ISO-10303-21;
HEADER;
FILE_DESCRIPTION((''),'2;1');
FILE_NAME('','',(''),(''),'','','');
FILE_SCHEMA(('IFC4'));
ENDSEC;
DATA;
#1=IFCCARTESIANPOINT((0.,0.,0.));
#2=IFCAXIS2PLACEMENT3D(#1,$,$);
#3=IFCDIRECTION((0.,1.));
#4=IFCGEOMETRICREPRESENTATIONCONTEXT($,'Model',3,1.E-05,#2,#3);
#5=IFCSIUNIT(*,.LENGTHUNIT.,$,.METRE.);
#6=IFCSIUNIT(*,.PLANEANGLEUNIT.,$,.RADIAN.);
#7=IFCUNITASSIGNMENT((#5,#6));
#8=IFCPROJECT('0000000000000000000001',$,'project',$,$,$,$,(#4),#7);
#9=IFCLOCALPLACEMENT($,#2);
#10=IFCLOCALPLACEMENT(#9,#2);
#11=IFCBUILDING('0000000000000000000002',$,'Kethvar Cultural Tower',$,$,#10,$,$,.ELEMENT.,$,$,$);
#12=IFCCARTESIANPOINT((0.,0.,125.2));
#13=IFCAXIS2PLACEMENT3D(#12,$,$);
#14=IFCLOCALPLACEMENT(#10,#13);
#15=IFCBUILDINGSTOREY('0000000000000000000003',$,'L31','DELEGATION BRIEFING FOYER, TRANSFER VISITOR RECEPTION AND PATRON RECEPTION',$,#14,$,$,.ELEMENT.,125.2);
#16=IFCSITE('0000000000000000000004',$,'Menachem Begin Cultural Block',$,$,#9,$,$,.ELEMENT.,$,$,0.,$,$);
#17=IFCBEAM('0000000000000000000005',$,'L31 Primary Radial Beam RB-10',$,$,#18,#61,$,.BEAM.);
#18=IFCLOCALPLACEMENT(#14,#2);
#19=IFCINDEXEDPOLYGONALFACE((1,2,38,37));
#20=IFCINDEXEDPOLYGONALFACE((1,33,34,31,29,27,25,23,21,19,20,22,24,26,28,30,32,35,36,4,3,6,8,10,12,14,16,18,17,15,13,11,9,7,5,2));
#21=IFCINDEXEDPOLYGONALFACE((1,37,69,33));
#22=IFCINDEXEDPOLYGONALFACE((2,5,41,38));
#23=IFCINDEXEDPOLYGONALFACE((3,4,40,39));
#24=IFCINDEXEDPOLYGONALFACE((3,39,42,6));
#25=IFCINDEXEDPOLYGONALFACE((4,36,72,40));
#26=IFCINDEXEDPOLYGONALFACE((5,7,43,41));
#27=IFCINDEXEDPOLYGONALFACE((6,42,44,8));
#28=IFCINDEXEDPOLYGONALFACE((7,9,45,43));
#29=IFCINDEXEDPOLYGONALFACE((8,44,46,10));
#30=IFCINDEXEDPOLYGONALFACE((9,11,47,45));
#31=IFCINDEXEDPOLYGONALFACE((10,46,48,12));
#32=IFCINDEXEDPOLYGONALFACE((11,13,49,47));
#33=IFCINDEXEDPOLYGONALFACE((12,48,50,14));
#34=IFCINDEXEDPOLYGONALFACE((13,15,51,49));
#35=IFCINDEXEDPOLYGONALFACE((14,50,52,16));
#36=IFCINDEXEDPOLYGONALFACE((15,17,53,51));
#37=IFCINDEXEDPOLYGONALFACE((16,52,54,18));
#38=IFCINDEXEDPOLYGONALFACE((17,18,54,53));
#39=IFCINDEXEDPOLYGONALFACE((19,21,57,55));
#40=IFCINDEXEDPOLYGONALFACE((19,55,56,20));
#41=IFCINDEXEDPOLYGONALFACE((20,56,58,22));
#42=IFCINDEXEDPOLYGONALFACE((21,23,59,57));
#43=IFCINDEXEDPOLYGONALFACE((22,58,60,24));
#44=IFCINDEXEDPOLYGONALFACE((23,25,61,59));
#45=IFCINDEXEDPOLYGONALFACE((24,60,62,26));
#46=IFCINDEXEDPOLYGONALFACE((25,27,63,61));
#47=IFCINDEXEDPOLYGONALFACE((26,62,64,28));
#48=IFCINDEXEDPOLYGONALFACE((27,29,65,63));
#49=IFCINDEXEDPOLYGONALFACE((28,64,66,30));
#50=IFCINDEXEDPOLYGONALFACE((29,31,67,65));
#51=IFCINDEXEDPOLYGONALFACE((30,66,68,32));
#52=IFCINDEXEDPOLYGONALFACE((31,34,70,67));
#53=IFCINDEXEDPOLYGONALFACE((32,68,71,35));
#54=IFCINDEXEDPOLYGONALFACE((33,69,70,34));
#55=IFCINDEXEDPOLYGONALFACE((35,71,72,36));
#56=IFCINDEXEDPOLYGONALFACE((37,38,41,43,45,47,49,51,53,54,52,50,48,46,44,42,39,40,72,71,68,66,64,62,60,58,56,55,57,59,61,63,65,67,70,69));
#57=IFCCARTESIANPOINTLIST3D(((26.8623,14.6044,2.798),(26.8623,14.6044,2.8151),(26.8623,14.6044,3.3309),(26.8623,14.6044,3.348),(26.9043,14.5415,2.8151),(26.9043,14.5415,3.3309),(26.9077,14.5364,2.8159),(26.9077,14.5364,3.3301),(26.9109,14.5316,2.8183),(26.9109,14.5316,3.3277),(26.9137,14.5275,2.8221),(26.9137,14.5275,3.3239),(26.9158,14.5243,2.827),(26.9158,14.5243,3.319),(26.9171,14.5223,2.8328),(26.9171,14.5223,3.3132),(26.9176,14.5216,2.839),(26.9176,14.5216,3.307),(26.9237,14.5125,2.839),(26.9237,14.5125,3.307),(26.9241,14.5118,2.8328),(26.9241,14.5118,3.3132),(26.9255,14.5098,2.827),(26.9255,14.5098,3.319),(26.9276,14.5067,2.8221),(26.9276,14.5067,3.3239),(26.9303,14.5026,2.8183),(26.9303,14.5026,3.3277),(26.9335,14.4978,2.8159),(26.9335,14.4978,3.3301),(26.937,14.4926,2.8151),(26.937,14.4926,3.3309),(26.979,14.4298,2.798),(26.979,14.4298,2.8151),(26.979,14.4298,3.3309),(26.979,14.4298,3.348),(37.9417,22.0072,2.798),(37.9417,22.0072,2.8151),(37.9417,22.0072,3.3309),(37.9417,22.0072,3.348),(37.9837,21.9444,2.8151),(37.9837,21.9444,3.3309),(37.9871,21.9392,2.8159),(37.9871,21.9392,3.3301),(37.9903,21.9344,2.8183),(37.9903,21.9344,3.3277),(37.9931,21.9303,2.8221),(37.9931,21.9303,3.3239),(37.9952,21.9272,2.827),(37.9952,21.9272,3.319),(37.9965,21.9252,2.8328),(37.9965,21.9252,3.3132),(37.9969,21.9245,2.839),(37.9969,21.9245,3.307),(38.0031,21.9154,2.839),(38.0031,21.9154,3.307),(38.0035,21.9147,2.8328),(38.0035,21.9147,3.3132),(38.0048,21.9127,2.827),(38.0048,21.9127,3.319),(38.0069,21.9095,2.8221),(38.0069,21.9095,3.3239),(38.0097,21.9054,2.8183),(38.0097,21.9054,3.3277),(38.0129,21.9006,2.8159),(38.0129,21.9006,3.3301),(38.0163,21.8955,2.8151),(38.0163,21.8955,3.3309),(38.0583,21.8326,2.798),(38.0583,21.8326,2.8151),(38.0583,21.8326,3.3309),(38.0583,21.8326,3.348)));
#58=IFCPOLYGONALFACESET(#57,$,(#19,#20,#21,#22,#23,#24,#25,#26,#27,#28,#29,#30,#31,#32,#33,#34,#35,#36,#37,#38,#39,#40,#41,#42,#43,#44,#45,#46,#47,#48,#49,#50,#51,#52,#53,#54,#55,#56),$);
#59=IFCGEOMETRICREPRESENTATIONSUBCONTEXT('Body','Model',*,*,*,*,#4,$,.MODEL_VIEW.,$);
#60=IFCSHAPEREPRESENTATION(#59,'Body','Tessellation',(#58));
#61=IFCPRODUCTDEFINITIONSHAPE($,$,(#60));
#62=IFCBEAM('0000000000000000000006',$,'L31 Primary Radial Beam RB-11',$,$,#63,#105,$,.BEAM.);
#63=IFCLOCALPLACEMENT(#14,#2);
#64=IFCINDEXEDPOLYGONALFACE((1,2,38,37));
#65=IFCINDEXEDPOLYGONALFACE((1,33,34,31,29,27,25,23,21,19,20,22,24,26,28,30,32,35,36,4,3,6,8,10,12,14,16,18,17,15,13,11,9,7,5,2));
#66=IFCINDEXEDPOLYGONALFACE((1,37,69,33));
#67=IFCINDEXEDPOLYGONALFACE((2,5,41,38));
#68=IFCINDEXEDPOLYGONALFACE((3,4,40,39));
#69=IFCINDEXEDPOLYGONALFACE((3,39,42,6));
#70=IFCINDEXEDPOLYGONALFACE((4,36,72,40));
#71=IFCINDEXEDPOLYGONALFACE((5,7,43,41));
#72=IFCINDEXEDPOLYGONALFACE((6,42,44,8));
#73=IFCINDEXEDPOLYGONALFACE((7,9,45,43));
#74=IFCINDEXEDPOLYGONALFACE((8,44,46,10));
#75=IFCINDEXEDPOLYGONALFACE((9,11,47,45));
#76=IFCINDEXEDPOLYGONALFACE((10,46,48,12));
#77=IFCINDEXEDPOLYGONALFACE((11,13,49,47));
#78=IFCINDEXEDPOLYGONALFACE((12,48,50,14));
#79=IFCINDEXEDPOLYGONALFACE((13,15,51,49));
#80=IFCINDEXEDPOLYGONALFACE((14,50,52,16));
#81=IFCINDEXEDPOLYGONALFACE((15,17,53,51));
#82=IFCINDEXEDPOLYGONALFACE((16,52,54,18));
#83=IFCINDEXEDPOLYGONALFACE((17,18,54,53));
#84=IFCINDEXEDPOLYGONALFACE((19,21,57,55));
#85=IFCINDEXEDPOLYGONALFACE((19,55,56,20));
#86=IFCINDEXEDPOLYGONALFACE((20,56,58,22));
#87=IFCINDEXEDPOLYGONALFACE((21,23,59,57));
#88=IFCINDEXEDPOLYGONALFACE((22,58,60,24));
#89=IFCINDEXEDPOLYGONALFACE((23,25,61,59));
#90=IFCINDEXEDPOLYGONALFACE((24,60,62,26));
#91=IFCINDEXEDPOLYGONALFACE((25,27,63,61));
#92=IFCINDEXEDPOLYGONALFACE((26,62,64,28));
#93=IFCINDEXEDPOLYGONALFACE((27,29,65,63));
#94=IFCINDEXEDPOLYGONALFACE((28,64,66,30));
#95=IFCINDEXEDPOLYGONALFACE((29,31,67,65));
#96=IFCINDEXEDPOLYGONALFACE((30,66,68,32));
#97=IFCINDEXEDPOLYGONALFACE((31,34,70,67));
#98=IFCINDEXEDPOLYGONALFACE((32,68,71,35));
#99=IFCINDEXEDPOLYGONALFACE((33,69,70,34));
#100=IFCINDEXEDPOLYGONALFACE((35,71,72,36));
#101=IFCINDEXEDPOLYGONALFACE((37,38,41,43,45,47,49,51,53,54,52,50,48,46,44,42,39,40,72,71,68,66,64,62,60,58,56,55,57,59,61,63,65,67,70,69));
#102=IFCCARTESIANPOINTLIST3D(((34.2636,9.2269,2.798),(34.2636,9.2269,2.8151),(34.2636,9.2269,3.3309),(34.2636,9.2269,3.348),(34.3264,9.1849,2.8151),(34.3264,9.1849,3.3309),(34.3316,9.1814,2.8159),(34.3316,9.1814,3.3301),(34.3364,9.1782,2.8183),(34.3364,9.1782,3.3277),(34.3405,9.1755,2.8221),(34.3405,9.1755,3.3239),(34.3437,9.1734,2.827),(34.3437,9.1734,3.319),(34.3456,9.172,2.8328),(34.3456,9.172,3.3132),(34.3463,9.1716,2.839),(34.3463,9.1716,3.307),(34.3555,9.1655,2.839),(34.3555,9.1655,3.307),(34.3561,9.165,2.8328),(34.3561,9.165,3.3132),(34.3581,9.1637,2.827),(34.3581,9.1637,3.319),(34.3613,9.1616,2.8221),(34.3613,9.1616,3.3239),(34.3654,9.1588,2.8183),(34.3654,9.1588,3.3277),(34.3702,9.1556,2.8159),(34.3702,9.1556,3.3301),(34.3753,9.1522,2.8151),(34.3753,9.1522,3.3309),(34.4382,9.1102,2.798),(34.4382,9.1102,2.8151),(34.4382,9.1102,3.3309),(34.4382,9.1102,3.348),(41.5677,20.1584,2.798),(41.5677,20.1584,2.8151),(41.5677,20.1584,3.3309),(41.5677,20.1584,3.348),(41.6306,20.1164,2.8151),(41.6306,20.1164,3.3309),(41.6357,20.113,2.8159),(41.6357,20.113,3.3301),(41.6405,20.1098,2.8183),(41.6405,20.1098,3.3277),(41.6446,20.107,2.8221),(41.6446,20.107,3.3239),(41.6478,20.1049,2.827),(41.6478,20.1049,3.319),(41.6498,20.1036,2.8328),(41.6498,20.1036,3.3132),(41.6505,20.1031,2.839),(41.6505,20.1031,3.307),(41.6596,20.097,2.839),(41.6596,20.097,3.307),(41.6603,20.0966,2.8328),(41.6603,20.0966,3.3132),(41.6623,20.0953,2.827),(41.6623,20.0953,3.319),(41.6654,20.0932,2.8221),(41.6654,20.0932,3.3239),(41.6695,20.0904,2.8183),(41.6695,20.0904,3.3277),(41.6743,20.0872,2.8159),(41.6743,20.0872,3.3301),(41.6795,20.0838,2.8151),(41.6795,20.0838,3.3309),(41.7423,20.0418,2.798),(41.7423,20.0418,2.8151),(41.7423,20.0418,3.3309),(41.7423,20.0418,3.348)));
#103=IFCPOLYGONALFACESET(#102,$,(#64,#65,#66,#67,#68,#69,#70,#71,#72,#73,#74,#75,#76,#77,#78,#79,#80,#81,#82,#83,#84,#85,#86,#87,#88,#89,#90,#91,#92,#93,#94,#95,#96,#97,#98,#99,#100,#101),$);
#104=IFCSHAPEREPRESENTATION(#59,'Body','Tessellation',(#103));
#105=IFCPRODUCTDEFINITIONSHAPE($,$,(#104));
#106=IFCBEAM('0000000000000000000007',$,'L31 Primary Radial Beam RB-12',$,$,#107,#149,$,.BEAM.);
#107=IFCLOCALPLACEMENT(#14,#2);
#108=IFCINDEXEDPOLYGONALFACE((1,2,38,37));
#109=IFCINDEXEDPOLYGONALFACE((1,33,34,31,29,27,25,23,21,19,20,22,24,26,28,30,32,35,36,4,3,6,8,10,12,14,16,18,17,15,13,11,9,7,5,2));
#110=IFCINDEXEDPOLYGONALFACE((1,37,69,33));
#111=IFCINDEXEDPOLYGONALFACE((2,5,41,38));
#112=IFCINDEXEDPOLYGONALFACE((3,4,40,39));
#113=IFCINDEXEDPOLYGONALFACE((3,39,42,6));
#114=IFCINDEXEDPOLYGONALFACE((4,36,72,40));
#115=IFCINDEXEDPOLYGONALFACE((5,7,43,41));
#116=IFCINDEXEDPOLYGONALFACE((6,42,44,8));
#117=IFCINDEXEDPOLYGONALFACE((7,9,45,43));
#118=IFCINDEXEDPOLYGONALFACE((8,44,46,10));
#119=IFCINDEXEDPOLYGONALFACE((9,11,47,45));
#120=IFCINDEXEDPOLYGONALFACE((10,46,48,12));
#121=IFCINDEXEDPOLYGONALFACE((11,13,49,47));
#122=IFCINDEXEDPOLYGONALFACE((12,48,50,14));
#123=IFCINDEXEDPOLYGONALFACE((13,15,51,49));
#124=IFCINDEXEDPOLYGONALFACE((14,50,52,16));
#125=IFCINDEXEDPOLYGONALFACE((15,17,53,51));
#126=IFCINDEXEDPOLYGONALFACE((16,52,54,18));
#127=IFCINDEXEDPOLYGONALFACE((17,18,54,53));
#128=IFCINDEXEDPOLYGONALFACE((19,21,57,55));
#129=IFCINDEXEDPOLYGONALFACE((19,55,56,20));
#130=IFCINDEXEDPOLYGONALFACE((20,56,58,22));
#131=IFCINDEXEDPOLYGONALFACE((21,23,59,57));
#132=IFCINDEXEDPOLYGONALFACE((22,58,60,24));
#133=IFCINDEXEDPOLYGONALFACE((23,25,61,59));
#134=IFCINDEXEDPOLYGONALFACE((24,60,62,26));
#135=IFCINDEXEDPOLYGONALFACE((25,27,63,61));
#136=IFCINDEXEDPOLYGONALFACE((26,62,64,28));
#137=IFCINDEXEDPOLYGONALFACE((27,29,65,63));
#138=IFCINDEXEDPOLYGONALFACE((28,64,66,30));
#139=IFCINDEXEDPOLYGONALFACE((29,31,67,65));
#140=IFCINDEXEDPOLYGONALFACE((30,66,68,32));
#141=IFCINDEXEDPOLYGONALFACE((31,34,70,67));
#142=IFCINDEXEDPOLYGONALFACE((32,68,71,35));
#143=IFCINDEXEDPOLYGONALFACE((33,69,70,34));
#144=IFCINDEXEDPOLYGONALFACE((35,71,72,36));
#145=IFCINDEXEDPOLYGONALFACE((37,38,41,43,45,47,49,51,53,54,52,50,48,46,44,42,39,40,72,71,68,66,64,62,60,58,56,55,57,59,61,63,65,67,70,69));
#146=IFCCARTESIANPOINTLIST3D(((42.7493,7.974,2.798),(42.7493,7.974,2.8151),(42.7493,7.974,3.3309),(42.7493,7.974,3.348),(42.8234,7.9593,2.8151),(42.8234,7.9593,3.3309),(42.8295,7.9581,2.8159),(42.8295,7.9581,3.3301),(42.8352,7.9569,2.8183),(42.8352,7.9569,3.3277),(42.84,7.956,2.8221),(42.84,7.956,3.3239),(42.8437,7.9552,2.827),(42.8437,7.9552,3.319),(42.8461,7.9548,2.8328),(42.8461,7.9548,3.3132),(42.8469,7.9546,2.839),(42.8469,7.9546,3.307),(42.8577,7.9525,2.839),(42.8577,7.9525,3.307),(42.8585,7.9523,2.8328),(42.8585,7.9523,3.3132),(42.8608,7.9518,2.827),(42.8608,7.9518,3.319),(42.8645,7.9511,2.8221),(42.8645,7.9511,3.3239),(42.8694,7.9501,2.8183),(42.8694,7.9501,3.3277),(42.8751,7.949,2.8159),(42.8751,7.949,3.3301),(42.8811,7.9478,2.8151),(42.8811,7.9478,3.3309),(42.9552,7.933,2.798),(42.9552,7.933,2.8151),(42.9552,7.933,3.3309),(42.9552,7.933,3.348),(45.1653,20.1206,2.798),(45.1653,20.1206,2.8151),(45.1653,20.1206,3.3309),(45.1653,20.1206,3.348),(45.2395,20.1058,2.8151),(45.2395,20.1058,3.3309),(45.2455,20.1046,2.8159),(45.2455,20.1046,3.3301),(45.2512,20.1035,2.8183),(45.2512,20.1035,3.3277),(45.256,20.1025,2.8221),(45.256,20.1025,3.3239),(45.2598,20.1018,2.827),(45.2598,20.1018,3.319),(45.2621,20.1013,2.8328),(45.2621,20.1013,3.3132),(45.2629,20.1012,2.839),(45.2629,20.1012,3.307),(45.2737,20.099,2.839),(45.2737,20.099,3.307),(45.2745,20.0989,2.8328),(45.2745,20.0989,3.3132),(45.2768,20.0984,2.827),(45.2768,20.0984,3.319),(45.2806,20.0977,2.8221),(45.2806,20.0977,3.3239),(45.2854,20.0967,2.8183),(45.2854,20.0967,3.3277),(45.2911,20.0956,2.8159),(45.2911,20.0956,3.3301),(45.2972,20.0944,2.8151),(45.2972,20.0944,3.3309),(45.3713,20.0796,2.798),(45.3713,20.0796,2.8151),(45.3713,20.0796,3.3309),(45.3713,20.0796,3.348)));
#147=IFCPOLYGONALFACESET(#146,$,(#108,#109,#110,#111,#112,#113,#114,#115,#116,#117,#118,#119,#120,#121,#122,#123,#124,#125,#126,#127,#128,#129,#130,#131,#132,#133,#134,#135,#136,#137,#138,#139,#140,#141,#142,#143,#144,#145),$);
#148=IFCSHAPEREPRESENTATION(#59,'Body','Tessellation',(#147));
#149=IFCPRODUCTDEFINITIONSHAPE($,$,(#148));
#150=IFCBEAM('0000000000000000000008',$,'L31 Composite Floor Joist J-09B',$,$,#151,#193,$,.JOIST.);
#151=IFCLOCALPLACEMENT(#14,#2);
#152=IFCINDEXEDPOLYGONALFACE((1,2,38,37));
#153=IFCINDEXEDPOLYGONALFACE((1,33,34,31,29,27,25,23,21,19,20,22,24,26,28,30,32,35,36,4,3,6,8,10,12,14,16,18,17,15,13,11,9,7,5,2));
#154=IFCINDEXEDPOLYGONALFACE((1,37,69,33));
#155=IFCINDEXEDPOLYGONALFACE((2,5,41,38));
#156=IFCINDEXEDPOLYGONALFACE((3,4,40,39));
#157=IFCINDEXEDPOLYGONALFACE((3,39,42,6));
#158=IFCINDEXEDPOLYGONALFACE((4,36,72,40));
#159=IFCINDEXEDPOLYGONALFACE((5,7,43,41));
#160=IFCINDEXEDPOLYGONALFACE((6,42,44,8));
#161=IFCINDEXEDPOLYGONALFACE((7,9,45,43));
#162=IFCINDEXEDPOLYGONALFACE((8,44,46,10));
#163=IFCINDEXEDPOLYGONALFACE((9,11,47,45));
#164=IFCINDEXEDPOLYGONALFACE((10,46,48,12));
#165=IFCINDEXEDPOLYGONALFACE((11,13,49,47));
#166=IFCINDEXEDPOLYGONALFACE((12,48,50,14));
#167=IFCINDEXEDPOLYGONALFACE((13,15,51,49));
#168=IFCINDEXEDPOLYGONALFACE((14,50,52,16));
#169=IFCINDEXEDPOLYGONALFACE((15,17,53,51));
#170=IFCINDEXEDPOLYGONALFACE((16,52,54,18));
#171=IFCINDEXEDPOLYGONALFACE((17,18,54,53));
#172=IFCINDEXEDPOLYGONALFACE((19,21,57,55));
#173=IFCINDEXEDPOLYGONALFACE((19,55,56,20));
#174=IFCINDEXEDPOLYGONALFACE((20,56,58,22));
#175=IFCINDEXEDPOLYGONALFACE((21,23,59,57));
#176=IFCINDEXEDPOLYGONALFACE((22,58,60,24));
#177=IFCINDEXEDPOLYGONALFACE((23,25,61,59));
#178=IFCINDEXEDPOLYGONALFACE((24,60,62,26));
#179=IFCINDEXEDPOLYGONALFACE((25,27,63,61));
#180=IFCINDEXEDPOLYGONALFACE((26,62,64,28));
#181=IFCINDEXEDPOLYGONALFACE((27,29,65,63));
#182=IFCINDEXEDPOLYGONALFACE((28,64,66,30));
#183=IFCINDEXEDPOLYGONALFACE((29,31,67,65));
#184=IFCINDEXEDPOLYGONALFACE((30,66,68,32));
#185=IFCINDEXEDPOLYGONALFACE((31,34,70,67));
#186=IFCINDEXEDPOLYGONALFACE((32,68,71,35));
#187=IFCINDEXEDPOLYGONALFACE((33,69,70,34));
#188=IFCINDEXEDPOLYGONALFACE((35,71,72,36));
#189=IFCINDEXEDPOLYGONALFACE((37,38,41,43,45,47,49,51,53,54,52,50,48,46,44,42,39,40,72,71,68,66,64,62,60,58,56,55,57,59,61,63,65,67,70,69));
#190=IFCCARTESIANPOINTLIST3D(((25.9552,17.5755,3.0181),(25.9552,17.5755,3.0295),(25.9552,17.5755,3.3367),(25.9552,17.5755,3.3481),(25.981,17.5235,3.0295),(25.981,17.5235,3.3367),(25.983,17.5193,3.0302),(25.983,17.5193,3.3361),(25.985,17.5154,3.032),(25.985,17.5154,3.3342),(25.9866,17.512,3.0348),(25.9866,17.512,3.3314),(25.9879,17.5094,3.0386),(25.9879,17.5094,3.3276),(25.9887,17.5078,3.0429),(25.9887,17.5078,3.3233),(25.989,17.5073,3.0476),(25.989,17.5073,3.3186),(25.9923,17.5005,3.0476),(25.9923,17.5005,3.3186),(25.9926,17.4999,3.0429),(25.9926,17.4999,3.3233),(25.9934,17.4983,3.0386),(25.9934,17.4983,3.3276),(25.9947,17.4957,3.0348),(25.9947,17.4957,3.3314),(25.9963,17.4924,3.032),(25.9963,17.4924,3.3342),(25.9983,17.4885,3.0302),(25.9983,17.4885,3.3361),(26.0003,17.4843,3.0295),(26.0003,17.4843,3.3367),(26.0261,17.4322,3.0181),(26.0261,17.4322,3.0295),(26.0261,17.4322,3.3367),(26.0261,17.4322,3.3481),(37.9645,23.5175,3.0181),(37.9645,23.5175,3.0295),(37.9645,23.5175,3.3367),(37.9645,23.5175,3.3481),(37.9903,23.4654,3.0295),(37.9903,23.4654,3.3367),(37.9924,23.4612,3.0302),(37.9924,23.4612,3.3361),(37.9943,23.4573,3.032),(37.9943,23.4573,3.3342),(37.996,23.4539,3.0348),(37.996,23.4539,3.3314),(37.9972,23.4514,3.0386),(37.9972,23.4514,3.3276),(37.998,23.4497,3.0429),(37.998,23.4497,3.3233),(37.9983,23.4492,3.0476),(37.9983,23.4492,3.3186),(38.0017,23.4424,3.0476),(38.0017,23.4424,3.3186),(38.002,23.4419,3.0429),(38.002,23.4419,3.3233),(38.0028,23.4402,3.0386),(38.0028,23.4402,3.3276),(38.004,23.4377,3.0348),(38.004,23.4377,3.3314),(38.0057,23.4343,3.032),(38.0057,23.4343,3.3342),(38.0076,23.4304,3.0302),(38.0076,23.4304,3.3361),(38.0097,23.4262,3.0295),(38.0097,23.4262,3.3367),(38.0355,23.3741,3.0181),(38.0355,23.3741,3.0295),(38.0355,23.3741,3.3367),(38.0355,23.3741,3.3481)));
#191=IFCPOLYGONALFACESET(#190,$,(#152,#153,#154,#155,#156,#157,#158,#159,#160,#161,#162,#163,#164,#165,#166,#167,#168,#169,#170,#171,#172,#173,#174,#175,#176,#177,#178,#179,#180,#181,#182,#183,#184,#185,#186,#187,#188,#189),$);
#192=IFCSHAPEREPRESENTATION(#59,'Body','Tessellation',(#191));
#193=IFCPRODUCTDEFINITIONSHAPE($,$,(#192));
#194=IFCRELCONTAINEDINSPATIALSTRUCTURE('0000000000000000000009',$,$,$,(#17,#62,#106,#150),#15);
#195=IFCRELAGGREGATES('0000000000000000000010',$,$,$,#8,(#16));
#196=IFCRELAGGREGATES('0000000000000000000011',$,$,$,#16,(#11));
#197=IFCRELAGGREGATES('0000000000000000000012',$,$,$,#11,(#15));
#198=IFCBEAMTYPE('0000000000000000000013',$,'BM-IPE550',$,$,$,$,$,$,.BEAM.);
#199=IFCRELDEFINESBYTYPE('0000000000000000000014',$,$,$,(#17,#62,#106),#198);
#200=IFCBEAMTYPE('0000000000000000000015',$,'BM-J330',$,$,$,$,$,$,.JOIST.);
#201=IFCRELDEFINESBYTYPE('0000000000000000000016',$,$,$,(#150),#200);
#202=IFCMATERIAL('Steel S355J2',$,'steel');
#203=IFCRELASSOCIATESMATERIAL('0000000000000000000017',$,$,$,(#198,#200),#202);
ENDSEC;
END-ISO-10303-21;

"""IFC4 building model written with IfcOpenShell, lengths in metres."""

from ifc_helpers import new_model, si_unit, direction, frame, origin, origin_2d, place, context, subcontext, project, spatial, i_section, extrude, source, transform, mapped, material, material_profile, profile_set, type_object, element, save


model = new_model("IFC4")

# Units and contexts
model_context = context("Model", 3, precision=1e-05, world=origin(), true_north=direction((0.0, 1.0)))
body_context = subcontext(model_context, "Body", "Model", "MODEL_VIEW")
ifc_project = project(units=[si_unit("LENGTHUNIT", "METRE"), si_unit("PLANEANGLEUNIT", "RADIAN")], contexts=[model_context])

# Site, building, storey
site_placement = place(None, origin())
site = spatial("IfcSite", under=ifc_project, at=site_placement, Name="Menachem Begin Cultural Block", CompositionType="ELEMENT", RefElevation=0.0)
building_placement = place(site_placement, origin())
building = spatial("IfcBuilding", under=site, at=building_placement, Name="Kethvar Cultural Tower", CompositionType="ELEMENT")
storey_placement = place(building_placement, frame((0.0, 0.0, 125.2)))
storey = spatial("IfcBuildingStorey", under=building, at=storey_placement, Name="L31", Description="DELEGATION BRIEFING FOYER, TRANSFER VISITOR RECEPTION AND PATRON RECEPTION", CompositionType="ELEMENT", Elevation=125.2)

# Beams
ifc_material_1 = material(Name="Steel S355J2", Category="steel")
ifc_material_profile_1 = material_profile(ifc_material_1, i_section(OverallWidth=0.21, OverallDepth=0.55, WebThickness=0.011, FlangeThickness=0.0171, FilletRadius=0.0239, at=origin_2d()), Name="Steel S355J2 — IPE550")
ifc_profile_set_1 = profile_set([ifc_material_profile_1], Name="Steel S355J2 — IPE550")
beam_type_1 = type_object("IfcBeamType", Name="BM-IPE550", PredefinedType="BEAM", material=ifc_profile_set_1)
shared_shape_1 = source(origin(), body_context, "Body", "SweptSolid", [
    extrude(i_section(OverallWidth=0.21, OverallDepth=0.55, WebThickness=0.011, FlangeThickness=0.0171, FilletRadius=0.0239, at=origin_2d()), origin(), (0.0, 0.0, 1.0), 13.325),
])
beam_1_placement = place(storey_placement, frame((38.0, 21.9199, 3.073), z_axis=(-0.831475, -0.555562, 0.0), x_axis=(0.555562, -0.831475, 0.0)))
element("IfcBeam", 1, at=beam_1_placement, inside=storey, type_object=beam_type_1, Name="L31 Primary Radial Beam RB-10", PredefinedType="BEAM", context=body_context, shape_type="MappedRepresentation", body=[
    mapped(shared_shape_1, transform((0.0, 0.0, 0.0), scale=1.0)),
])
shared_shape_2 = source(origin(), body_context, "Body", "SweptSolid", [
    extrude(i_section(OverallWidth=0.21, OverallDepth=0.55, WebThickness=0.011, FlangeThickness=0.0171, FilletRadius=0.0239, at=origin_2d()), origin(), (0.0, 0.0, 1.0), 13.1472),
])
beam_2_placement = place(storey_placement, frame((41.655, 20.1001, 3.073), z_axis=(-0.555566, -0.831473, 0.0), x_axis=(0.831473, -0.555566, 0.0)))
element("IfcBeam", 2, at=beam_2_placement, inside=storey, type_object=beam_type_1, Name="L31 Primary Radial Beam RB-11", PredefinedType="BEAM", context=body_context, shape_type="MappedRepresentation", body=[
    mapped(shared_shape_2, transform((0.0, 0.0, 0.0), scale=1.0)),
])
shared_shape_3 = source(origin(), body_context, "Body", "SweptSolid", [
    extrude(i_section(OverallWidth=0.21, OverallDepth=0.55, WebThickness=0.011, FlangeThickness=0.0171, FilletRadius=0.0239, at=origin_2d()), origin(), (0.0, 0.0, 1.0), 12.3845),
])
beam_3_placement = place(storey_placement, frame((45.2683, 20.1001, 3.073), z_axis=(-0.195085, -0.980786, 0.0), x_axis=(0.980786, -0.195085, 0.0)))
element("IfcBeam", 3, at=beam_3_placement, inside=storey, type_object=beam_type_1, Name="L31 Primary Radial Beam RB-12", PredefinedType="BEAM", context=body_context, shape_type="MappedRepresentation", body=[
    mapped(shared_shape_3, transform((0.0, 0.0, 0.0), scale=1.0)),
])
ifc_material_profile_2 = material_profile(ifc_material_1, i_section(OverallWidth=0.1599, OverallDepth=0.3301, WebThickness=0.0076, FlangeThickness=0.0115, FilletRadius=0.0181, at=origin_2d()), Name="Steel S355J2 — IPE330")
ifc_profile_set_2 = profile_set([ifc_material_profile_2], Name="Steel S355J2 — IPE330")
beam_type_2 = type_object("IfcBeamType", Name="BM-J330", PredefinedType="JOIST", material=ifc_profile_set_2)
shared_shape_4 = source(origin(), body_context, "Body", "SweptSolid", [
    extrude(i_section(OverallWidth=0.1599, OverallDepth=0.3301, WebThickness=0.0076, FlangeThickness=0.0115, FilletRadius=0.0181, at=origin_2d()), origin(), (0.0, 0.0, 1.0), 13.3989),
])
beam_4_placement = place(storey_placement, frame((38.0, 23.4458, 3.1831), z_axis=(-0.896292, -0.443463, 0.0), x_axis=(0.443463, -0.896292, 0.0)))
element("IfcBeam", 4, at=beam_4_placement, inside=storey, type_object=beam_type_2, Name="L31 Composite Floor Joist J-09B", PredefinedType="JOIST", context=body_context, shape_type="MappedRepresentation", body=[
    mapped(shared_shape_4, transform((0.0, 0.0, 0.0), scale=1.0)),
])

save(model, "model.ifc")
